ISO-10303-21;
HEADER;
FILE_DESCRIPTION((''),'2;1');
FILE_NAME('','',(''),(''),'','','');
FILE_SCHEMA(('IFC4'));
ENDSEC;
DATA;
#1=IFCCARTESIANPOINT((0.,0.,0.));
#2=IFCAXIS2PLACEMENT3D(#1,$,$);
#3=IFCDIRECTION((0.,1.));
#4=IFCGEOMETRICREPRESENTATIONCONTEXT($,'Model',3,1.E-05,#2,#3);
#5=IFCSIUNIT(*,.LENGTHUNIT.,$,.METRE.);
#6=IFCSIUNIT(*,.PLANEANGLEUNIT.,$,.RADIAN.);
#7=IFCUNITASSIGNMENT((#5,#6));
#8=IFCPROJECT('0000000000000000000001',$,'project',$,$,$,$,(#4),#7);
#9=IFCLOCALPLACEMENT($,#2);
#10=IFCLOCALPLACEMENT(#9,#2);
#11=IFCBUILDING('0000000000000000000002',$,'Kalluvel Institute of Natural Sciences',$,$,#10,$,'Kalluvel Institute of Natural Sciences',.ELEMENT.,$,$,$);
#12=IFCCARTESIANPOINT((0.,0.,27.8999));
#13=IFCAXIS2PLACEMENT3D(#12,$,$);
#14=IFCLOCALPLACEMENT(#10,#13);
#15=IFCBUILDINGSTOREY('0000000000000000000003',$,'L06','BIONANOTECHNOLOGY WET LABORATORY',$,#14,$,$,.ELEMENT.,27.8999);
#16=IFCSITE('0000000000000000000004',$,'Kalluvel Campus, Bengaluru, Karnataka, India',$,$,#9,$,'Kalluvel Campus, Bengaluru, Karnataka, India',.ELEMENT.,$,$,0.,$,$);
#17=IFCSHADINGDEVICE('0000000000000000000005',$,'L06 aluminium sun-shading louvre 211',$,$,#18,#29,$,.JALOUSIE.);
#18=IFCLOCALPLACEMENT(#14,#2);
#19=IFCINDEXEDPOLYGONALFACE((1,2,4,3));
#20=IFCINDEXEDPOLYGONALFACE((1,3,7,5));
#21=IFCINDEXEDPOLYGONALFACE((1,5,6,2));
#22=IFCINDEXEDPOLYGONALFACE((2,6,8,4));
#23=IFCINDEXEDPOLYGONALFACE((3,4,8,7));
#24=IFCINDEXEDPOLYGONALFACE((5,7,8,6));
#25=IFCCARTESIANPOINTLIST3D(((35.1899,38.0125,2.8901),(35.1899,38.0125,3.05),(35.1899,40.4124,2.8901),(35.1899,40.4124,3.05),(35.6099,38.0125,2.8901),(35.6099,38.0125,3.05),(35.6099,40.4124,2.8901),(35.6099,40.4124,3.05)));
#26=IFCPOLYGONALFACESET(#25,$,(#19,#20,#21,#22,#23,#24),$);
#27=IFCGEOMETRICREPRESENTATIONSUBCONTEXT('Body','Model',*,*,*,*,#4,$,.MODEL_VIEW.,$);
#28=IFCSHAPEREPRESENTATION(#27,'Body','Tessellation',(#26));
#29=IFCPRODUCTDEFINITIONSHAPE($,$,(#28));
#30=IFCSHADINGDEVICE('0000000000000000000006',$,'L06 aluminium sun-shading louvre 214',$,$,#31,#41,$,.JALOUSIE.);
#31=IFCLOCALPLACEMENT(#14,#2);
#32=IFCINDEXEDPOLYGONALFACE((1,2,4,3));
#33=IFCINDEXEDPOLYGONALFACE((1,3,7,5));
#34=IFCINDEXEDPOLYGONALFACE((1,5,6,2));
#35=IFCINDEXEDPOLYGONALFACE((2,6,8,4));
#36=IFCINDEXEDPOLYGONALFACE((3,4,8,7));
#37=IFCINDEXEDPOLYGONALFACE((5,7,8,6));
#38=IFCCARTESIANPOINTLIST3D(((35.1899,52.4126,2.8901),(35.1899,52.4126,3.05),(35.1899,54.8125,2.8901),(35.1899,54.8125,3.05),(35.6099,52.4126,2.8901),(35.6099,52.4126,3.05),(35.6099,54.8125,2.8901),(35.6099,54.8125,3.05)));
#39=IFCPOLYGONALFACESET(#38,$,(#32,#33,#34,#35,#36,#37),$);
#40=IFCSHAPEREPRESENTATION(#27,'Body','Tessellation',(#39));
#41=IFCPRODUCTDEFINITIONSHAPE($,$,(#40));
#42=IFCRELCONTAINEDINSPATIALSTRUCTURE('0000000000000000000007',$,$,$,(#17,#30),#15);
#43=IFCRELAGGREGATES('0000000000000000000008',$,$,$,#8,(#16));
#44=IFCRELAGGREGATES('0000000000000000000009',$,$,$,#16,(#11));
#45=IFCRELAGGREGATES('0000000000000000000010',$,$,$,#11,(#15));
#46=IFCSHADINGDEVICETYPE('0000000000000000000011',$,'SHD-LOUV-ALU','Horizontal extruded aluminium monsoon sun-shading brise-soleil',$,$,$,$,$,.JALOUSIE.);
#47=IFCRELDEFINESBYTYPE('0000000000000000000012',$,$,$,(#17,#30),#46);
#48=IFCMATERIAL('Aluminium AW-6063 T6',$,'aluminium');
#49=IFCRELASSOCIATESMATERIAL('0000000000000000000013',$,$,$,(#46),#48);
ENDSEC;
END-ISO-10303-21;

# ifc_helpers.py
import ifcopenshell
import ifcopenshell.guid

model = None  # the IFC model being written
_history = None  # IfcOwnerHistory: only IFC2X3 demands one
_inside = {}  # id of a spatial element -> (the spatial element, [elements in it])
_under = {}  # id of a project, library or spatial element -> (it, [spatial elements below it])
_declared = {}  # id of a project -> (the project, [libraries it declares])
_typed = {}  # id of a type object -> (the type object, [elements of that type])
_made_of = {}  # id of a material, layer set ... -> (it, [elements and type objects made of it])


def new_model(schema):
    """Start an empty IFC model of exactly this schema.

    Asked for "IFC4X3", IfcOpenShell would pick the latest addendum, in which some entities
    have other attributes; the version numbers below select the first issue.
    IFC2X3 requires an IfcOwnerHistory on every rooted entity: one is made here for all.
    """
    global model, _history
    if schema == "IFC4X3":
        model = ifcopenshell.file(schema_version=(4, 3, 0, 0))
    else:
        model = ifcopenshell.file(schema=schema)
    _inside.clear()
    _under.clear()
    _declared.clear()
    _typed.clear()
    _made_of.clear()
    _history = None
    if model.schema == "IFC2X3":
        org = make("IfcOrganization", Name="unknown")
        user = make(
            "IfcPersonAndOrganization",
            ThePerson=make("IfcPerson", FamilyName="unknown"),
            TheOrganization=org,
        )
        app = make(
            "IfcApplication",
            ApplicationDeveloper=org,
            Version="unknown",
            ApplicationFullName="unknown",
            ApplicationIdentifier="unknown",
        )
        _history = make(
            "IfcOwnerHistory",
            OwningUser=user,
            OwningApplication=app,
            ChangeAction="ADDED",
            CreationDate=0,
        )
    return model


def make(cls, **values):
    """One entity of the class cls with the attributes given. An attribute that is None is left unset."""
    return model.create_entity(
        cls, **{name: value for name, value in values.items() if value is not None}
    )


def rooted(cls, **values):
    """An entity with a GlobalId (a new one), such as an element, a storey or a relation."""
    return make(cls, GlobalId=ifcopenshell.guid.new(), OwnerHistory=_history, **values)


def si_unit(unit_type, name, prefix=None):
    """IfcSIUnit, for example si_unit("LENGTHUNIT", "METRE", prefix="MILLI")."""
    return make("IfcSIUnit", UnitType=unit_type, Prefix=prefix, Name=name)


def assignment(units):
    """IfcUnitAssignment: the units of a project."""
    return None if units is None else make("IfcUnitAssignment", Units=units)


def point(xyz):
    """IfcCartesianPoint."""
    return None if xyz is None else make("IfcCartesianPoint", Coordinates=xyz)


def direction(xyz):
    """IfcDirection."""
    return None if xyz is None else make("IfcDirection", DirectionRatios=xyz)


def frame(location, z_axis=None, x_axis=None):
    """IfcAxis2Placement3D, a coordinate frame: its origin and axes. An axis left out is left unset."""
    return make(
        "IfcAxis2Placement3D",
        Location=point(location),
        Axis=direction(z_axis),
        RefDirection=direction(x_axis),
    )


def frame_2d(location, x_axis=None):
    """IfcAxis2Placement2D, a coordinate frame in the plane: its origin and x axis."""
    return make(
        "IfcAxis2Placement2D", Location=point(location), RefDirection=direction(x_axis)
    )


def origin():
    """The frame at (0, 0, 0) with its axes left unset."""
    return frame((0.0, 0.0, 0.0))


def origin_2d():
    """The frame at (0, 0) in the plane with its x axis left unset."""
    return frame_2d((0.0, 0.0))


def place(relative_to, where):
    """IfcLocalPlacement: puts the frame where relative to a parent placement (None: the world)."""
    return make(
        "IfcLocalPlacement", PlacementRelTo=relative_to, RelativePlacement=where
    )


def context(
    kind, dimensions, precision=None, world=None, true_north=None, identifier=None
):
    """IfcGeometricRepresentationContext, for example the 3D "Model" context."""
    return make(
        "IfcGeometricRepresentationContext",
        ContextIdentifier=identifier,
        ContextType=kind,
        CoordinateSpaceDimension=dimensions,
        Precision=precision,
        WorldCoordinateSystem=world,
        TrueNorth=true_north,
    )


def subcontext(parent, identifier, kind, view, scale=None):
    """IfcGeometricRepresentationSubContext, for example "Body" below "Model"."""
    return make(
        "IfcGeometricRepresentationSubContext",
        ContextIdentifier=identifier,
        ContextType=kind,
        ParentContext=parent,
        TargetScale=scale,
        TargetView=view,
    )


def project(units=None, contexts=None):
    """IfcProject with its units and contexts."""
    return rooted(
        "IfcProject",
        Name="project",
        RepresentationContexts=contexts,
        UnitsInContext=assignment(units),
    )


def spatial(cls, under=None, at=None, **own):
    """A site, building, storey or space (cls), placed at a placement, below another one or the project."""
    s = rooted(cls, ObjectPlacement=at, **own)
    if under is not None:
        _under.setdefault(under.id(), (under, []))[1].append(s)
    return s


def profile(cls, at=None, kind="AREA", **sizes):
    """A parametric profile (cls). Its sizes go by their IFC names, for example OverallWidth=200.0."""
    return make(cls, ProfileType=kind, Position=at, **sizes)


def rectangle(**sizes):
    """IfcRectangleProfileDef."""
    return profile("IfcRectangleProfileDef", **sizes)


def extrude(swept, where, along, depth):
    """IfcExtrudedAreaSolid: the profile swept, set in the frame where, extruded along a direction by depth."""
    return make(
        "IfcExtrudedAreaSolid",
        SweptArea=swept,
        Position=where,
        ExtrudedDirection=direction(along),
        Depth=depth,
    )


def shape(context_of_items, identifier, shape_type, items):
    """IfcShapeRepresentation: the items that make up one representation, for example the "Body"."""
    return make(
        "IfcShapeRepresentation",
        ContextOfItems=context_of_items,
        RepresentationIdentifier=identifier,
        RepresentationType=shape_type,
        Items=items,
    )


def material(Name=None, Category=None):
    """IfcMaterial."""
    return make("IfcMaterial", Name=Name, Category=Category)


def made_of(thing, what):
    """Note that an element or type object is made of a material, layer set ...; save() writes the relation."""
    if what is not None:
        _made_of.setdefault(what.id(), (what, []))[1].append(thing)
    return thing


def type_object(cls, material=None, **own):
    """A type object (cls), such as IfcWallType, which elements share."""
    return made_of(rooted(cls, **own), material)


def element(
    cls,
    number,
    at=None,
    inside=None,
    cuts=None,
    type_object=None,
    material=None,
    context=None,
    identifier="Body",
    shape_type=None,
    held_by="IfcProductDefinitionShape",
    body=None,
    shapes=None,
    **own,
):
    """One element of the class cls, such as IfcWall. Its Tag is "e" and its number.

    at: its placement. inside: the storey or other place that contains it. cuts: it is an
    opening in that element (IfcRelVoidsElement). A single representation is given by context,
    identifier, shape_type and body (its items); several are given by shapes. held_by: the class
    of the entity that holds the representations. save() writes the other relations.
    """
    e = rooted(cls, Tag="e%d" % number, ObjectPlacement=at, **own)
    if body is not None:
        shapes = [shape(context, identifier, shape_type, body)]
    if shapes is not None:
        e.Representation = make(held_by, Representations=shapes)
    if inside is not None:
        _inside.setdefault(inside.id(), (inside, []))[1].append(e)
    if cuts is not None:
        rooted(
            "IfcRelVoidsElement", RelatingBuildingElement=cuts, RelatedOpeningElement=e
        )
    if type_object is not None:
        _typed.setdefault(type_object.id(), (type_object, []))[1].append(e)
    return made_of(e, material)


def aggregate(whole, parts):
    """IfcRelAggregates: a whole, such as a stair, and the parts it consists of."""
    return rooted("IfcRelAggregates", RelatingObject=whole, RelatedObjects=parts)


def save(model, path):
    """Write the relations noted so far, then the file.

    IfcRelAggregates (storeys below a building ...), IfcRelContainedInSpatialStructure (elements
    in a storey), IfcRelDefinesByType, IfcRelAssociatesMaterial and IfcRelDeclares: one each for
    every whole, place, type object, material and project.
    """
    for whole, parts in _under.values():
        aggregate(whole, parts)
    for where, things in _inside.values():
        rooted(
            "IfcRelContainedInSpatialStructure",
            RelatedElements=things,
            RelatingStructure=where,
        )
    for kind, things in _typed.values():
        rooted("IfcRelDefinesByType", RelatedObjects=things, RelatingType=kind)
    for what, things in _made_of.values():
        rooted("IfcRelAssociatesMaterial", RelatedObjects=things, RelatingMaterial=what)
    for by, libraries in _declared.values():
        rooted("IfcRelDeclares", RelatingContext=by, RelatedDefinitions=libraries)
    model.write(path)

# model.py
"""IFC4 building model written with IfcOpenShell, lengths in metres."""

from ifc_helpers import new_model, si_unit, direction, frame, origin, origin_2d, place, context, subcontext, project, spatial, rectangle, extrude, material, type_object, element, save


model = new_model("IFC4")

# Units and contexts
model_context = context("Model", 3, precision=1e-05, world=origin(), true_north=direction((0.0, 1.0)))
body_context = subcontext(model_context, "Body", "Model", "MODEL_VIEW")
ifc_project = project(units=[si_unit("LENGTHUNIT", "METRE"), si_unit("PLANEANGLEUNIT", "RADIAN")], contexts=[model_context])

# Site, building, storey
site_placement = place(None, origin())
site = spatial("IfcSite", under=ifc_project, at=site_placement, Name="Kalluvel Campus, Bengaluru, Karnataka, India", LongName="Kalluvel Campus, Bengaluru, Karnataka, India", CompositionType="ELEMENT", RefElevation=0.0)
building_placement = place(site_placement, origin())
building = spatial("IfcBuilding", under=site, at=building_placement, Name="Kalluvel Institute of Natural Sciences", LongName="Kalluvel Institute of Natural Sciences", CompositionType="ELEMENT")
storey_placement = place(building_placement, frame((0.0, 0.0, 27.8999)))
storey = spatial("IfcBuildingStorey", under=building, at=storey_placement, Name="L06", Description="BIONANOTECHNOLOGY WET LABORATORY", CompositionType="ELEMENT", Elevation=27.8999)

# Shared definitions
ifc_material_1 = material(Name="Aluminium AW-6063 T6", Category="aluminium")

# Shading devices
shading_device_type_1 = type_object("IfcShadingDeviceType", Name="SHD-LOUV-ALU", Description="Horizontal extruded aluminium monsoon sun-shading brise-soleil", PredefinedType="JALOUSIE", material=ifc_material_1)
for number, where, z_axis, x_axis, name in (
    (1, (35.3999, 39.2124, 2.8901), (0.0, 0.0, 1.0), (0.0, 1.0, 0.0), "L06 aluminium sun-shading louvre 211"),
    (2, (35.3999, 53.6125, 2.8901), (0.0, 0.0, 1.0), (0.0, 1.0, 0.0), "L06 aluminium sun-shading louvre 214"),
):
    element("IfcShadingDevice", number, at=place(storey_placement, frame(where, z_axis=z_axis, x_axis=x_axis)), inside=storey, type_object=shading_device_type_1, Name=name, PredefinedType="JALOUSIE", context=body_context, shape_type="SweptSolid", body=[
        extrude(rectangle(XDim=2.3999, YDim=0.4199, at=origin_2d()), origin(), (0.0, 0.0, 1.0), 0.1599),
    ])

save(model, "model.ifc")
